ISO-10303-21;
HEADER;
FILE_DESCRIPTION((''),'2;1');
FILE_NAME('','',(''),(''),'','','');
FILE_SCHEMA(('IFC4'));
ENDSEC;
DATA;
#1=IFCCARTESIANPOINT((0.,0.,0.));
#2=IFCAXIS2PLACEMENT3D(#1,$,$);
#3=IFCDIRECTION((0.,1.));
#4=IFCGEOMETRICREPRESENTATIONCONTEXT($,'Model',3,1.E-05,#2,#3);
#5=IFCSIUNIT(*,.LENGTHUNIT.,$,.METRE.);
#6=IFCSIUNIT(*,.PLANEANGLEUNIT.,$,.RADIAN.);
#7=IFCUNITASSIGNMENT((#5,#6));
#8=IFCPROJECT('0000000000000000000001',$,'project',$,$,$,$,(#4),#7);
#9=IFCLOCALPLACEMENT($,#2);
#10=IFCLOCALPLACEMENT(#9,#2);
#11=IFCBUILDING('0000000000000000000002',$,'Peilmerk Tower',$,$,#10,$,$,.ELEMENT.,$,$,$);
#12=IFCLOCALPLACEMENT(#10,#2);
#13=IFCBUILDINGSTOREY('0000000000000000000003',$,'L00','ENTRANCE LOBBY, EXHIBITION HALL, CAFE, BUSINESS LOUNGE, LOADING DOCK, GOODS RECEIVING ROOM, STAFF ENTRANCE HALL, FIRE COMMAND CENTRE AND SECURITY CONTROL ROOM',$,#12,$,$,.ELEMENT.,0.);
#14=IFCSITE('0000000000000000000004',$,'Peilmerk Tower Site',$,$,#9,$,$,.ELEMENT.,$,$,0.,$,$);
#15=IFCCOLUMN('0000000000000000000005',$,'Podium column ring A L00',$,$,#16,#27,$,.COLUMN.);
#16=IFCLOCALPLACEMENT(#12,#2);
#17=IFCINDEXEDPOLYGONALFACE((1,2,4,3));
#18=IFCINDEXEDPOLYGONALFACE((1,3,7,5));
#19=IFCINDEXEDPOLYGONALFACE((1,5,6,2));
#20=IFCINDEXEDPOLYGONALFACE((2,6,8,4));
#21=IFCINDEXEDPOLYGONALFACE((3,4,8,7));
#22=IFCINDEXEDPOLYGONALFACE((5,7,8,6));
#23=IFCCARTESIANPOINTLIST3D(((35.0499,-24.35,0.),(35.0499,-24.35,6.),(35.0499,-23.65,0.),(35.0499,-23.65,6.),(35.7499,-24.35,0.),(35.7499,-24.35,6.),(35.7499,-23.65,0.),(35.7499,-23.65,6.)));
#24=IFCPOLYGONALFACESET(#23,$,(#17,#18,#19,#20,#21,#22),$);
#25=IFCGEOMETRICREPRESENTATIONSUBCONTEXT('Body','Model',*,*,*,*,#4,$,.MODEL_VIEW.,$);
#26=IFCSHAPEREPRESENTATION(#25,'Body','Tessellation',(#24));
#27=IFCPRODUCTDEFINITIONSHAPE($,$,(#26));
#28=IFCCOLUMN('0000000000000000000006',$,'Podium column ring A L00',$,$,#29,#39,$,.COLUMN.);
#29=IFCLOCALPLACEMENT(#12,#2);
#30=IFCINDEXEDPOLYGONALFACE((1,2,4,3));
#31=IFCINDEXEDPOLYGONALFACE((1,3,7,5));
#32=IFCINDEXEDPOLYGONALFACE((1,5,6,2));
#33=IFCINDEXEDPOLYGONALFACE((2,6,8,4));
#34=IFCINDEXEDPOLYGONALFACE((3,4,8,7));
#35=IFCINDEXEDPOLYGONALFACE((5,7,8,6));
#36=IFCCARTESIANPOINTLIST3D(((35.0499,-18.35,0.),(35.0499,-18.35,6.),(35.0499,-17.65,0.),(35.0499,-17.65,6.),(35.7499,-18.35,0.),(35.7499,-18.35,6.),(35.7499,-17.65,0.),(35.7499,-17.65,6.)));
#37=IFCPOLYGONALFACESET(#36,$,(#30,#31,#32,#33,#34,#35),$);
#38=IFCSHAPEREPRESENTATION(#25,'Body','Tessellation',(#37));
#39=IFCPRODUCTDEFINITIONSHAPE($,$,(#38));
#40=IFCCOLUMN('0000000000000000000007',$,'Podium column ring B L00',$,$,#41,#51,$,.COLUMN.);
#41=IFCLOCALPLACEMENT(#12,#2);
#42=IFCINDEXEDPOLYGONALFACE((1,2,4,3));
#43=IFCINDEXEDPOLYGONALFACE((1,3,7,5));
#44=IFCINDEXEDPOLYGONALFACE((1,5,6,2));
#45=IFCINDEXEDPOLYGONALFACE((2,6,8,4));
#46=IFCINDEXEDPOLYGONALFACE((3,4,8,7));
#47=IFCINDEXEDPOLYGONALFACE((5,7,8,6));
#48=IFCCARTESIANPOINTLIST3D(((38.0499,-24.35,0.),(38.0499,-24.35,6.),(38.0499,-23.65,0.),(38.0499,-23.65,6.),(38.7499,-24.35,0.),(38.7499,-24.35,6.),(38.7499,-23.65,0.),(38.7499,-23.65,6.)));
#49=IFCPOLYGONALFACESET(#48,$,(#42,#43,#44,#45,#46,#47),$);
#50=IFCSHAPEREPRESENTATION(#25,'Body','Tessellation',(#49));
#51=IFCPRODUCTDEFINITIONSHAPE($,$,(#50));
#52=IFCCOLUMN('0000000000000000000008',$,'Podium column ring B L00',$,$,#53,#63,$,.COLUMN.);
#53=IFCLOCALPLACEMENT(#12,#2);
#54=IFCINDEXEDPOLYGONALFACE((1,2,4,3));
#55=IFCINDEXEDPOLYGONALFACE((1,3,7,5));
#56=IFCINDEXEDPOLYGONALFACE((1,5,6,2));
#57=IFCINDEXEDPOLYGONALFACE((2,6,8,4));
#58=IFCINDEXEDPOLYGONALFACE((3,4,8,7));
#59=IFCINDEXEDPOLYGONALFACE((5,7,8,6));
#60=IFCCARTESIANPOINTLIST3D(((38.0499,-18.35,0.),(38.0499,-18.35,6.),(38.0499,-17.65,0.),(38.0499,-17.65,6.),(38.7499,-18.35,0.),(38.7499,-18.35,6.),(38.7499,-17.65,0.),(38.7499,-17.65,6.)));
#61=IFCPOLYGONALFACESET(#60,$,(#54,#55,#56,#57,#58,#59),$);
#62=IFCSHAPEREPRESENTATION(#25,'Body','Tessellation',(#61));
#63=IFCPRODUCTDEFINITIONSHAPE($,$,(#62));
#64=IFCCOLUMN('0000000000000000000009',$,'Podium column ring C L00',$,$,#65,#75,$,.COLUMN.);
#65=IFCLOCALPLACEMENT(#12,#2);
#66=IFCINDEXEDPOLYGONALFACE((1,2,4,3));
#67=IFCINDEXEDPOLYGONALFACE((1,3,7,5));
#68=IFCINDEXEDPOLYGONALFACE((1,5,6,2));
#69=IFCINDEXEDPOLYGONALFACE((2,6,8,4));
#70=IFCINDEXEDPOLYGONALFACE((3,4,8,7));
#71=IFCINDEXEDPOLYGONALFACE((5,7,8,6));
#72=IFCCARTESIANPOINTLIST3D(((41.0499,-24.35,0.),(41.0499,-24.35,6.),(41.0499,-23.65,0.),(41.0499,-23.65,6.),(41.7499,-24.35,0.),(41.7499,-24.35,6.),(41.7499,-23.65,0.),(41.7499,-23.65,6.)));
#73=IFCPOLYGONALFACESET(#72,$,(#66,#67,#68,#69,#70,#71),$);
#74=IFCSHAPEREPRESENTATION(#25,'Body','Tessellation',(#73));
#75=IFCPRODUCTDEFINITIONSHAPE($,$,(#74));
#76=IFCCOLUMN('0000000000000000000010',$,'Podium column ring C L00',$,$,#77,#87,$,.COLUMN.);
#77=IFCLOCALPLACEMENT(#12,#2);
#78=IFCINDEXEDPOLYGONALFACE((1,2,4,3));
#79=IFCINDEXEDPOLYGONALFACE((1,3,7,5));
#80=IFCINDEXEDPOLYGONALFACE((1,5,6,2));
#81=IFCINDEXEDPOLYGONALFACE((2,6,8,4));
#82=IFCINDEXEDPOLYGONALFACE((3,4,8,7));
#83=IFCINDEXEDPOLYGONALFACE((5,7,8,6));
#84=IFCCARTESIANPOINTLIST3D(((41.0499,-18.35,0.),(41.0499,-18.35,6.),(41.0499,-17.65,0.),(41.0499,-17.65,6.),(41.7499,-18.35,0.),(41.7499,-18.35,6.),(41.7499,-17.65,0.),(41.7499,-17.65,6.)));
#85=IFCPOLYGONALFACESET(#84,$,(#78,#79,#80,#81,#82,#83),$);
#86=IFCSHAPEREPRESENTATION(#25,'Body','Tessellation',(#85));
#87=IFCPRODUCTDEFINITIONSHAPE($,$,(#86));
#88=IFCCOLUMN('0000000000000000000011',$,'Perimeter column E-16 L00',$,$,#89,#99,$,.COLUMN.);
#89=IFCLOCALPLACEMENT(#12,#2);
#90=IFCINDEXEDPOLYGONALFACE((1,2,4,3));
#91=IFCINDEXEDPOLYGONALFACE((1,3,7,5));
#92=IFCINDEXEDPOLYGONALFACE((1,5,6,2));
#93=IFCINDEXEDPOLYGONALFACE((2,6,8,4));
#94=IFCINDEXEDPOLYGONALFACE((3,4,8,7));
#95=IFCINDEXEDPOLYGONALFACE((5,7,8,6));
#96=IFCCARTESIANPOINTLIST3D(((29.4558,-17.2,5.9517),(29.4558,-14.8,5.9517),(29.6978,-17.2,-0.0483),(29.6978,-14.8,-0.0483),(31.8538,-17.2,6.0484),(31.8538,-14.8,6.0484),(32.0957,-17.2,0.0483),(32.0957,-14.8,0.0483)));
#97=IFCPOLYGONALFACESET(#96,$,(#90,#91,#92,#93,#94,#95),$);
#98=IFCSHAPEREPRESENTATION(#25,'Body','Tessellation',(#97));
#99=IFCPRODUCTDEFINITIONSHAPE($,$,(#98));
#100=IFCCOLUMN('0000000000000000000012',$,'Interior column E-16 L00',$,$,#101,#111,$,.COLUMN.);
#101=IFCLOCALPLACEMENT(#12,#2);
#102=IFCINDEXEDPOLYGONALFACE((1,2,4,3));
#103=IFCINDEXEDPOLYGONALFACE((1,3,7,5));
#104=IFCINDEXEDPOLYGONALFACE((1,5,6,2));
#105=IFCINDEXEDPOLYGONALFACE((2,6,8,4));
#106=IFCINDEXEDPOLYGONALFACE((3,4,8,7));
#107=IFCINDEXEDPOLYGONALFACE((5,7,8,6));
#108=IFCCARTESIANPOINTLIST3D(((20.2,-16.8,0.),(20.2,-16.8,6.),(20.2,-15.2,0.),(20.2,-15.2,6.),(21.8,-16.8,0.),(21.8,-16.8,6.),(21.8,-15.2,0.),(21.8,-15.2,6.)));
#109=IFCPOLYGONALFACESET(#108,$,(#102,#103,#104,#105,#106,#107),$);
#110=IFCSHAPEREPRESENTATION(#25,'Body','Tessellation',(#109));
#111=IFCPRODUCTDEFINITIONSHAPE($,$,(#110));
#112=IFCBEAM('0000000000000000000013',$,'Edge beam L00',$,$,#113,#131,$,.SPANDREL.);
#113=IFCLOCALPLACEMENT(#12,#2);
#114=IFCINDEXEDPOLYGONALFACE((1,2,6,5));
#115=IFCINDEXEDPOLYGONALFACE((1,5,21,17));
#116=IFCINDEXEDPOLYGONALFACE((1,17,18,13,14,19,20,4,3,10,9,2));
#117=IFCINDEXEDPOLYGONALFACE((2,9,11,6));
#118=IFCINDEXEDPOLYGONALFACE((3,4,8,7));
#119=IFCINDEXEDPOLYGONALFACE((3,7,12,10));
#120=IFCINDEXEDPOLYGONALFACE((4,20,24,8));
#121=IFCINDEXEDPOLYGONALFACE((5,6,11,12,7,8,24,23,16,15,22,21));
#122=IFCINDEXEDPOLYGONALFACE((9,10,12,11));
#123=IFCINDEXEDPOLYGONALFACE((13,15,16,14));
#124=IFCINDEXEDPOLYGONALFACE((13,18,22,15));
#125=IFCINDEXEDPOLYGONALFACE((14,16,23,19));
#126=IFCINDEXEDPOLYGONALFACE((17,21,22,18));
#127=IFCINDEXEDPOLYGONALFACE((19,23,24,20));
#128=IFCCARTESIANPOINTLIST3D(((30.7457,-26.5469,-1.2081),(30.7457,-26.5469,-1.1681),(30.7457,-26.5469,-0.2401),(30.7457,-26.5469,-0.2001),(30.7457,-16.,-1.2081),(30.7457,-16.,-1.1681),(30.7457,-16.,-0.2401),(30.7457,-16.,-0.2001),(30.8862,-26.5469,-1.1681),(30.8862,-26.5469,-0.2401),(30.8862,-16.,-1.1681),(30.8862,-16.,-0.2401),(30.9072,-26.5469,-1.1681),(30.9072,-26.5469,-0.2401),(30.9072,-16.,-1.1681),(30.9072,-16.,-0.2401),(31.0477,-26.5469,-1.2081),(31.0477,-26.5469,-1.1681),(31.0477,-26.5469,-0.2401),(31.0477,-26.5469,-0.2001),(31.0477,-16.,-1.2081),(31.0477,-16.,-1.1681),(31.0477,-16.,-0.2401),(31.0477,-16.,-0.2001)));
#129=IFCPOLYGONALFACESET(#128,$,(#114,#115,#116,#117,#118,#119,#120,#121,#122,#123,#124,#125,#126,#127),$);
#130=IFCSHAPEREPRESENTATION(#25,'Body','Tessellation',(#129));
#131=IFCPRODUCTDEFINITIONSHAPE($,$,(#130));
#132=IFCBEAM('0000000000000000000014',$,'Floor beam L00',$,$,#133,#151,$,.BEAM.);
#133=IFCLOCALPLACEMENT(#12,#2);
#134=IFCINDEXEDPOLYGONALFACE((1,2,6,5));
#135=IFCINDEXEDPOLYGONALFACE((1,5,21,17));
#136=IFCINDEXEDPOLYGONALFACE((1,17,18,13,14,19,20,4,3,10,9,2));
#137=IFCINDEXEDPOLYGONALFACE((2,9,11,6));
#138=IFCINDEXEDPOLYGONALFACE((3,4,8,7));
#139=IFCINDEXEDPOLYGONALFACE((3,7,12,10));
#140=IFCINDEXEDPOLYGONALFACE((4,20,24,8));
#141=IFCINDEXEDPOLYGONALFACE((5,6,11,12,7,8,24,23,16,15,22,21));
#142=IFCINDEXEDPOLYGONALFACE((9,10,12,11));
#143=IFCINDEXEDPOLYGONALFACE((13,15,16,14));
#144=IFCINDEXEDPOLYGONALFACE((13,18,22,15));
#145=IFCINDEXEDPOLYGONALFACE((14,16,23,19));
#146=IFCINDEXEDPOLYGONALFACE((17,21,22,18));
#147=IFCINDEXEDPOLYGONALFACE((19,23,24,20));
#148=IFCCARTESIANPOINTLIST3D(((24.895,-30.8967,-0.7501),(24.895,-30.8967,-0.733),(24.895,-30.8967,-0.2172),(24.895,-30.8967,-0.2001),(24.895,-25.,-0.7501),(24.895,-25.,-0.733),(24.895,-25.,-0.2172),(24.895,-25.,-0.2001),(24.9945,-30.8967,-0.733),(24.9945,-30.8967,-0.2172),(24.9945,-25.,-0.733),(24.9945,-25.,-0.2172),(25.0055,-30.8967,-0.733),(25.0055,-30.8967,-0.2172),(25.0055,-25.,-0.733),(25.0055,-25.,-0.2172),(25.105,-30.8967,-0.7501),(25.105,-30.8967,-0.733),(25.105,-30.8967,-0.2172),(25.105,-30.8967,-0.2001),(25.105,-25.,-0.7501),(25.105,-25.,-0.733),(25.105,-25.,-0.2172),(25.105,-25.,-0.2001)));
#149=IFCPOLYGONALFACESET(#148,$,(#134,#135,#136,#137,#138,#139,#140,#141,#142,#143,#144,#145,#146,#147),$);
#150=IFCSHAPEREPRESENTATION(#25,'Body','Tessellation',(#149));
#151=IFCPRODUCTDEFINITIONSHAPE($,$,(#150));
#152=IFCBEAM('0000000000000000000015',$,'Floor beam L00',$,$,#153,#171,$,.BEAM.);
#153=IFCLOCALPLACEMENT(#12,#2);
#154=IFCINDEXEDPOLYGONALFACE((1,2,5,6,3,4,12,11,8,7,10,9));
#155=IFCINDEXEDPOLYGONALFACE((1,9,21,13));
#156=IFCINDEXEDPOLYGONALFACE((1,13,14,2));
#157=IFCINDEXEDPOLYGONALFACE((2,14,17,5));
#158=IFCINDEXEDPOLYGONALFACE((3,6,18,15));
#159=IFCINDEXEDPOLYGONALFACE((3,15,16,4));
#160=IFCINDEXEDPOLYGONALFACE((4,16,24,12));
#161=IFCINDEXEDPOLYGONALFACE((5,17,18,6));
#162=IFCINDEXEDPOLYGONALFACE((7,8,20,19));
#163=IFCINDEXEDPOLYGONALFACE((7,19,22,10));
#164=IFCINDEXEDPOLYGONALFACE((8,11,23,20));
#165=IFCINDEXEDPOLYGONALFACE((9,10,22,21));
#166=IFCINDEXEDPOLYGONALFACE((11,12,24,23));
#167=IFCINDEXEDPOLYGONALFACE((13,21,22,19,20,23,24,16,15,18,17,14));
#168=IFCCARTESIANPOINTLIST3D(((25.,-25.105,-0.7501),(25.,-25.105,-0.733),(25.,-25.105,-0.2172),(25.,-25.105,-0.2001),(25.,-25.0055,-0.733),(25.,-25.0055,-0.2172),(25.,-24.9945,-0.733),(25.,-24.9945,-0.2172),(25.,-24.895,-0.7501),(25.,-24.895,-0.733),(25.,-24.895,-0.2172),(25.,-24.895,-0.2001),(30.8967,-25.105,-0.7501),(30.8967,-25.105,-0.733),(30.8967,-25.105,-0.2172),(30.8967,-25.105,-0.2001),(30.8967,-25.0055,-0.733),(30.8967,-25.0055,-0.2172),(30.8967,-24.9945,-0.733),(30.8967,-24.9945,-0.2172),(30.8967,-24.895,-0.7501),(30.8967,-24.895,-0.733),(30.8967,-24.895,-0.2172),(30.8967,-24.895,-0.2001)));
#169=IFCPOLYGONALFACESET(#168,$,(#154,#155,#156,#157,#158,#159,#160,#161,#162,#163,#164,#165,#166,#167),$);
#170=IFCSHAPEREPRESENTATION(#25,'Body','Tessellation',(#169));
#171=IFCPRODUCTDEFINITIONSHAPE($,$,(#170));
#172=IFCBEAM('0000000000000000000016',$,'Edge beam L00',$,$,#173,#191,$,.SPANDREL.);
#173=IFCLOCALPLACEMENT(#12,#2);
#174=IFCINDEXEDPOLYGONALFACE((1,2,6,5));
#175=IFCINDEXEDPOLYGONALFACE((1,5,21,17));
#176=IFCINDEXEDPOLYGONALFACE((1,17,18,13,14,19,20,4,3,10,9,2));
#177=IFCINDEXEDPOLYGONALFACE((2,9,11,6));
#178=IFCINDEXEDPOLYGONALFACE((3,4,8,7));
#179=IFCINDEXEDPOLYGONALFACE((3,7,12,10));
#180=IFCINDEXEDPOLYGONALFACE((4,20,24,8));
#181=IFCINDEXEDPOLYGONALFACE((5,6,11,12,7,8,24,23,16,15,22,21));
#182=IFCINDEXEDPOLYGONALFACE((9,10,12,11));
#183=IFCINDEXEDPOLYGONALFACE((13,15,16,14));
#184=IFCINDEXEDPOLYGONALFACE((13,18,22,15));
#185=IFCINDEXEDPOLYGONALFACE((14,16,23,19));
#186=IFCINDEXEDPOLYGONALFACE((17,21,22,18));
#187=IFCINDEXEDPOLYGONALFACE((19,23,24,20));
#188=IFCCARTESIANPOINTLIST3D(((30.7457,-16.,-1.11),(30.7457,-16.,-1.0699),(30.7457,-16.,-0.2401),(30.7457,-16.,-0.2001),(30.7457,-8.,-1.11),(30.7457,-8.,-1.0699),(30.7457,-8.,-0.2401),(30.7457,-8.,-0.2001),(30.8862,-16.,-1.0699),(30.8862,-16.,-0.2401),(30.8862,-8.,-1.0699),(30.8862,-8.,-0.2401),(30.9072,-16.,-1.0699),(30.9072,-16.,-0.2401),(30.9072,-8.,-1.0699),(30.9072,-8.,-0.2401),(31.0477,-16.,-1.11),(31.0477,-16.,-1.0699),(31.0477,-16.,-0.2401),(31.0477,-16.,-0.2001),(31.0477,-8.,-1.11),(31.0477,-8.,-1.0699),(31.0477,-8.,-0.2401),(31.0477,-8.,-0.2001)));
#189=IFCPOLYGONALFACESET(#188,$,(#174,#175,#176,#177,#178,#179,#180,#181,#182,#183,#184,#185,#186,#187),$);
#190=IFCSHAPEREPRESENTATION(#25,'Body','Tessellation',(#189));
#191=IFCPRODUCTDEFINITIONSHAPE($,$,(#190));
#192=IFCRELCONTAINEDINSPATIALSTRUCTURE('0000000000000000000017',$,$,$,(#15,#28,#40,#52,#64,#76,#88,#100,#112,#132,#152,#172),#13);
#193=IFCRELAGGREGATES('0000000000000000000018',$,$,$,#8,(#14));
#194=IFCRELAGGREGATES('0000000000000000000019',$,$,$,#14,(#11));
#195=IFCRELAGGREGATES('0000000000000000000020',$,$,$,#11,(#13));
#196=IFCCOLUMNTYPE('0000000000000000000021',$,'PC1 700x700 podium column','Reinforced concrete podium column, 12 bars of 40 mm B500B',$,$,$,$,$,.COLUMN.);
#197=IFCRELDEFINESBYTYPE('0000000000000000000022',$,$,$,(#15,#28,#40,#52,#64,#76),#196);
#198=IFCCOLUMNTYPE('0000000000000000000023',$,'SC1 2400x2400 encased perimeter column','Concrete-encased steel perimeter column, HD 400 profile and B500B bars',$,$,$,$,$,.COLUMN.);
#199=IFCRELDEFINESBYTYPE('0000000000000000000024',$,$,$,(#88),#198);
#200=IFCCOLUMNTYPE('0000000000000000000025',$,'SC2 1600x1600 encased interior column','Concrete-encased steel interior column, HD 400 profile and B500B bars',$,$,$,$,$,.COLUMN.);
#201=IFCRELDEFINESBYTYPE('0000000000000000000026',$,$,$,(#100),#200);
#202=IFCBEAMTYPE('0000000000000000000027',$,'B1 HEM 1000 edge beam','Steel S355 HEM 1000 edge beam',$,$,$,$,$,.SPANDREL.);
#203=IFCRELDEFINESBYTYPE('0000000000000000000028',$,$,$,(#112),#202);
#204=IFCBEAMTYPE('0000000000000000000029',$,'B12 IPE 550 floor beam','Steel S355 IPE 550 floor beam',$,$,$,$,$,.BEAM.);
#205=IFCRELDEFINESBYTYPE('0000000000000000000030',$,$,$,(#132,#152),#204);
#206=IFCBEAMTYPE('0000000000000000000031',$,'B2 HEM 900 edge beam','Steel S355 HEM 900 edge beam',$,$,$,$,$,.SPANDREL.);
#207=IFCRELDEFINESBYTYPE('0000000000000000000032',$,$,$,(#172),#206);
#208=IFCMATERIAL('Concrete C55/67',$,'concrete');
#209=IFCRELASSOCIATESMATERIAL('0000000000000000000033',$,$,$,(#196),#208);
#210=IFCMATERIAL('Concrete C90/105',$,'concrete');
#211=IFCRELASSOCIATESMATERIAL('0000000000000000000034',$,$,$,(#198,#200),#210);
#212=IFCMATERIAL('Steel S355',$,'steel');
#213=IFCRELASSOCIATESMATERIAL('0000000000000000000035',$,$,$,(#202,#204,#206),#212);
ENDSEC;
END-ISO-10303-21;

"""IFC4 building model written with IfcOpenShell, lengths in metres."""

from ifc_helpers import new_model, si_unit, direction, frame, origin, origin_2d, place, context, subcontext, project, spatial, rectangle, i_section, extrude, material, material_profile, profile_set, type_object, element, save


model = new_model("IFC4")

# Units and contexts
model_context = context("Model", 3, precision=1e-05, world=origin(), true_north=direction((0.0, 1.0)))
body_context = subcontext(model_context, "Body", "Model", "MODEL_VIEW")
ifc_project = project(units=[si_unit("LENGTHUNIT", "METRE"), si_unit("PLANEANGLEUNIT", "RADIAN")], contexts=[model_context])

# Site, building, storey
site_placement = place(None, origin())
site = spatial("IfcSite", under=ifc_project, at=site_placement, Name="Peilmerk Tower Site", CompositionType="ELEMENT", RefElevation=0.0)
building_placement = place(site_placement, origin())
building = spatial("IfcBuilding", under=site, at=building_placement, Name="Peilmerk Tower", CompositionType="ELEMENT")
storey_placement = place(building_placement, origin())
storey = spatial("IfcBuildingStorey", under=building, at=storey_placement, Name="L00", Description="ENTRANCE LOBBY, EXHIBITION HALL, CAFE, BUSINESS LOUNGE, LOADING DOCK, GOODS RECEIVING ROOM, STAFF ENTRANCE HALL, FIRE COMMAND CENTRE AND SECURITY CONTROL ROOM", CompositionType="ELEMENT", Elevation=0.0)

# Columns
ifc_material_1 = material(Name="Concrete C55/67", Category="concrete")
ifc_material_profile_1 = material_profile(ifc_material_1, rectangle(XDim=0.7, YDim=0.7, at=origin_2d()), Name="RC 700x700")
ifc_profile_set_1 = profile_set([ifc_material_profile_1], Name="Concrete C55/67")
column_type_1 = type_object("IfcColumnType", Name="PC1 700x700 podium column", Description="Reinforced concrete podium column, 12 bars of 40 mm B500B", PredefinedType="COLUMN", material=ifc_profile_set_1)
for number, where, z_axis, x_axis, name in (
    (1, (35.3999, -24.0, 0.0), (0.0, 0.0, 1.0), (1.0, 0.0, 0.0), "Podium column ring A L00"),
    (2, (35.3999, -18.0, 0.0), (0.0, 0.0, 1.0), (1.0, 0.0, 0.0), "Podium column ring A L00"),
    (3, (38.3999, -24.0, 0.0), (0.0, 0.0, 1.0), (1.0, 0.0, 0.0), "Podium column ring B L00"),
    (4, (38.3999, -18.0, 0.0), (0.0, 0.0, 1.0), (1.0, 0.0, 0.0), "Podium column ring B L00"),
    (5, (41.3999, -24.0, 0.0), (0.0, 0.0, 1.0), (1.0, 0.0, 0.0), "Podium column ring C L00"),
    (6, (41.3999, -18.0, 0.0), (0.0, 0.0, 1.0), (1.0, 0.0, 0.0), "Podium column ring C L00"),
):
    element("IfcColumn", number, at=place(storey_placement, frame(where, z_axis=z_axis, x_axis=x_axis)), inside=storey, type_object=column_type_1, Name=name, PredefinedType="COLUMN", context=body_context, shape_type="SweptSolid", body=[
        extrude(rectangle(XDim=0.7, YDim=0.7, at=origin_2d()), origin(), (0.0, 0.0, 1.0), 6.0),
    ])
ifc_material_2 = material(Name="Concrete C90/105", Category="concrete")
ifc_material_profile_2 = material_profile(ifc_material_2, rectangle(XDim=2.3999, YDim=2.3999, at=origin_2d()), Name="RC 2400x2400")
ifc_profile_set_2 = profile_set([ifc_material_profile_2], Name="Concrete C90/105")
column_type_2 = type_object("IfcColumnType", Name="SC1 2400x2400 encased perimeter column", Description="Concrete-encased steel perimeter column, HD 400 profile and B500B bars", PredefinedType="COLUMN", material=ifc_profile_set_2)
column_1_placement = place(storey_placement, frame((30.8967, -16.0, 0.0), z_axis=(-0.040291, 0.0, 0.999188), x_axis=(0.0, -1.0, 0.0)))
element("IfcColumn", 7, at=column_1_placement, inside=storey, type_object=column_type_2, Name="Perimeter column E-16 L00", PredefinedType="COLUMN", context=body_context, shape_type="SweptSolid", body=[
    extrude(rectangle(XDim=2.3999, YDim=2.3999, at=origin_2d()), origin(), (0.0, 0.0, 1.0), 6.0049),
])
ifc_material_profile_3 = material_profile(ifc_material_2, rectangle(XDim=1.6001, YDim=1.6001, at=origin_2d()), Name="RC 1600x1600")
ifc_profile_set_3 = profile_set([ifc_material_profile_3], Name="Concrete C90/105")
column_type_3 = type_object("IfcColumnType", Name="SC2 1600x1600 encased interior column", Description="Concrete-encased steel interior column, HD 400 profile and B500B bars", PredefinedType="COLUMN", material=ifc_profile_set_3)
column_2_placement = place(storey_placement, frame((21.0, -16.0, 0.0), z_axis=(0.0, 0.0, 1.0), x_axis=(1.0, 0.0, 0.0)))
element("IfcColumn", 8, at=column_2_placement, inside=storey, type_object=column_type_3, Name="Interior column E-16 L00", PredefinedType="COLUMN", context=body_context, shape_type="SweptSolid", body=[
    extrude(rectangle(XDim=1.6001, YDim=1.6001, at=origin_2d()), origin(), (0.0, 0.0, 1.0), 6.0),
])

# Beams
ifc_material_3 = material(Name="Steel S355", Category="steel")
ifc_material_profile_4 = material_profile(ifc_material_3, i_section(OverallWidth=0.302, OverallDepth=1.0081, WebThickness=0.021, FlangeThickness=0.04, at=origin_2d()), Name="HEM 1000")
ifc_profile_set_4 = profile_set([ifc_material_profile_4], Name="Steel S355")
beam_type_1 = type_object("IfcBeamType", Name="B1 HEM 1000 edge beam", Description="Steel S355 HEM 1000 edge beam", PredefinedType="SPANDREL", material=ifc_profile_set_4)
beam_1_placement = place(storey_placement, frame((30.8967, -26.5469, -0.7041), z_axis=(0.0, 1.0, 0.0), x_axis=(-1.0, 0.0, 0.0)))
element("IfcBeam", 9, at=beam_1_placement, inside=storey, type_object=beam_type_1, Name="Edge beam L00", PredefinedType="SPANDREL", context=body_context, shape_type="SweptSolid", body=[
    extrude(i_section(OverallWidth=0.302, OverallDepth=1.0081, WebThickness=0.021, FlangeThickness=0.04, at=origin_2d()), origin(), (0.0, 0.0, 1.0), 10.5469),
])
ifc_material_profile_5 = material_profile(ifc_material_3, i_section(OverallWidth=0.21, OverallDepth=0.55, WebThickness=0.011, FlangeThickness=0.0171, at=origin_2d()), Name="IPE 550")
ifc_profile_set_5 = profile_set([ifc_material_profile_5], Name="Steel S355")
beam_type_2 = type_object("IfcBeamType", Name="B12 IPE 550 floor beam", Description="Steel S355 IPE 550 floor beam", PredefinedType="BEAM", material=ifc_profile_set_5)
for number, where, z_axis, x_axis, name in (
    (10, (25.0, -25.0, -0.4751), (0.0, -1.0, 0.0), (1.0, 0.0, 0.0), "Floor beam L00"),
    (11, (25.0, -25.0, -0.4751), (1.0, 0.0, 0.0), (0.0, 1.0, 0.0), "Floor beam L00"),
):
    element("IfcBeam", number, at=place(storey_placement, frame(where, z_axis=z_axis, x_axis=x_axis)), inside=storey, type_object=beam_type_2, Name=name, PredefinedType="BEAM", context=body_context, shape_type="SweptSolid", body=[
        extrude(i_section(OverallWidth=0.21, OverallDepth=0.55, WebThickness=0.011, FlangeThickness=0.0171, at=origin_2d()), origin(), (0.0, 0.0, 1.0), 5.8967),
    ])
ifc_material_profile_6 = material_profile(ifc_material_3, i_section(OverallWidth=0.302, OverallDepth=0.9099, WebThickness=0.021, FlangeThickness=0.04, at=origin_2d()), Name="HEM 900")
ifc_profile_set_6 = profile_set([ifc_material_profile_6], Name="Steel S355")
beam_type_3 = type_object("IfcBeamType", Name="B2 HEM 900 edge beam", Description="Steel S355 HEM 900 edge beam", PredefinedType="SPANDREL", material=ifc_profile_set_6)
beam_2_placement = place(storey_placement, frame((30.8967, -16.0, -0.655), z_axis=(0.0, 1.0, 0.0), x_axis=(-1.0, 0.0, 0.0)))
element("IfcBeam", 12, at=beam_2_placement, inside=storey, type_object=beam_type_3, Name="Edge beam L00", PredefinedType="SPANDREL", context=body_context, shape_type="SweptSolid", body=[
    extrude(i_section(OverallWidth=0.302, OverallDepth=0.9099, WebThickness=0.021, FlangeThickness=0.04, at=origin_2d()), origin(), (0.0, 0.0, 1.0), 8.0),
])

save(model, "model.ifc")
